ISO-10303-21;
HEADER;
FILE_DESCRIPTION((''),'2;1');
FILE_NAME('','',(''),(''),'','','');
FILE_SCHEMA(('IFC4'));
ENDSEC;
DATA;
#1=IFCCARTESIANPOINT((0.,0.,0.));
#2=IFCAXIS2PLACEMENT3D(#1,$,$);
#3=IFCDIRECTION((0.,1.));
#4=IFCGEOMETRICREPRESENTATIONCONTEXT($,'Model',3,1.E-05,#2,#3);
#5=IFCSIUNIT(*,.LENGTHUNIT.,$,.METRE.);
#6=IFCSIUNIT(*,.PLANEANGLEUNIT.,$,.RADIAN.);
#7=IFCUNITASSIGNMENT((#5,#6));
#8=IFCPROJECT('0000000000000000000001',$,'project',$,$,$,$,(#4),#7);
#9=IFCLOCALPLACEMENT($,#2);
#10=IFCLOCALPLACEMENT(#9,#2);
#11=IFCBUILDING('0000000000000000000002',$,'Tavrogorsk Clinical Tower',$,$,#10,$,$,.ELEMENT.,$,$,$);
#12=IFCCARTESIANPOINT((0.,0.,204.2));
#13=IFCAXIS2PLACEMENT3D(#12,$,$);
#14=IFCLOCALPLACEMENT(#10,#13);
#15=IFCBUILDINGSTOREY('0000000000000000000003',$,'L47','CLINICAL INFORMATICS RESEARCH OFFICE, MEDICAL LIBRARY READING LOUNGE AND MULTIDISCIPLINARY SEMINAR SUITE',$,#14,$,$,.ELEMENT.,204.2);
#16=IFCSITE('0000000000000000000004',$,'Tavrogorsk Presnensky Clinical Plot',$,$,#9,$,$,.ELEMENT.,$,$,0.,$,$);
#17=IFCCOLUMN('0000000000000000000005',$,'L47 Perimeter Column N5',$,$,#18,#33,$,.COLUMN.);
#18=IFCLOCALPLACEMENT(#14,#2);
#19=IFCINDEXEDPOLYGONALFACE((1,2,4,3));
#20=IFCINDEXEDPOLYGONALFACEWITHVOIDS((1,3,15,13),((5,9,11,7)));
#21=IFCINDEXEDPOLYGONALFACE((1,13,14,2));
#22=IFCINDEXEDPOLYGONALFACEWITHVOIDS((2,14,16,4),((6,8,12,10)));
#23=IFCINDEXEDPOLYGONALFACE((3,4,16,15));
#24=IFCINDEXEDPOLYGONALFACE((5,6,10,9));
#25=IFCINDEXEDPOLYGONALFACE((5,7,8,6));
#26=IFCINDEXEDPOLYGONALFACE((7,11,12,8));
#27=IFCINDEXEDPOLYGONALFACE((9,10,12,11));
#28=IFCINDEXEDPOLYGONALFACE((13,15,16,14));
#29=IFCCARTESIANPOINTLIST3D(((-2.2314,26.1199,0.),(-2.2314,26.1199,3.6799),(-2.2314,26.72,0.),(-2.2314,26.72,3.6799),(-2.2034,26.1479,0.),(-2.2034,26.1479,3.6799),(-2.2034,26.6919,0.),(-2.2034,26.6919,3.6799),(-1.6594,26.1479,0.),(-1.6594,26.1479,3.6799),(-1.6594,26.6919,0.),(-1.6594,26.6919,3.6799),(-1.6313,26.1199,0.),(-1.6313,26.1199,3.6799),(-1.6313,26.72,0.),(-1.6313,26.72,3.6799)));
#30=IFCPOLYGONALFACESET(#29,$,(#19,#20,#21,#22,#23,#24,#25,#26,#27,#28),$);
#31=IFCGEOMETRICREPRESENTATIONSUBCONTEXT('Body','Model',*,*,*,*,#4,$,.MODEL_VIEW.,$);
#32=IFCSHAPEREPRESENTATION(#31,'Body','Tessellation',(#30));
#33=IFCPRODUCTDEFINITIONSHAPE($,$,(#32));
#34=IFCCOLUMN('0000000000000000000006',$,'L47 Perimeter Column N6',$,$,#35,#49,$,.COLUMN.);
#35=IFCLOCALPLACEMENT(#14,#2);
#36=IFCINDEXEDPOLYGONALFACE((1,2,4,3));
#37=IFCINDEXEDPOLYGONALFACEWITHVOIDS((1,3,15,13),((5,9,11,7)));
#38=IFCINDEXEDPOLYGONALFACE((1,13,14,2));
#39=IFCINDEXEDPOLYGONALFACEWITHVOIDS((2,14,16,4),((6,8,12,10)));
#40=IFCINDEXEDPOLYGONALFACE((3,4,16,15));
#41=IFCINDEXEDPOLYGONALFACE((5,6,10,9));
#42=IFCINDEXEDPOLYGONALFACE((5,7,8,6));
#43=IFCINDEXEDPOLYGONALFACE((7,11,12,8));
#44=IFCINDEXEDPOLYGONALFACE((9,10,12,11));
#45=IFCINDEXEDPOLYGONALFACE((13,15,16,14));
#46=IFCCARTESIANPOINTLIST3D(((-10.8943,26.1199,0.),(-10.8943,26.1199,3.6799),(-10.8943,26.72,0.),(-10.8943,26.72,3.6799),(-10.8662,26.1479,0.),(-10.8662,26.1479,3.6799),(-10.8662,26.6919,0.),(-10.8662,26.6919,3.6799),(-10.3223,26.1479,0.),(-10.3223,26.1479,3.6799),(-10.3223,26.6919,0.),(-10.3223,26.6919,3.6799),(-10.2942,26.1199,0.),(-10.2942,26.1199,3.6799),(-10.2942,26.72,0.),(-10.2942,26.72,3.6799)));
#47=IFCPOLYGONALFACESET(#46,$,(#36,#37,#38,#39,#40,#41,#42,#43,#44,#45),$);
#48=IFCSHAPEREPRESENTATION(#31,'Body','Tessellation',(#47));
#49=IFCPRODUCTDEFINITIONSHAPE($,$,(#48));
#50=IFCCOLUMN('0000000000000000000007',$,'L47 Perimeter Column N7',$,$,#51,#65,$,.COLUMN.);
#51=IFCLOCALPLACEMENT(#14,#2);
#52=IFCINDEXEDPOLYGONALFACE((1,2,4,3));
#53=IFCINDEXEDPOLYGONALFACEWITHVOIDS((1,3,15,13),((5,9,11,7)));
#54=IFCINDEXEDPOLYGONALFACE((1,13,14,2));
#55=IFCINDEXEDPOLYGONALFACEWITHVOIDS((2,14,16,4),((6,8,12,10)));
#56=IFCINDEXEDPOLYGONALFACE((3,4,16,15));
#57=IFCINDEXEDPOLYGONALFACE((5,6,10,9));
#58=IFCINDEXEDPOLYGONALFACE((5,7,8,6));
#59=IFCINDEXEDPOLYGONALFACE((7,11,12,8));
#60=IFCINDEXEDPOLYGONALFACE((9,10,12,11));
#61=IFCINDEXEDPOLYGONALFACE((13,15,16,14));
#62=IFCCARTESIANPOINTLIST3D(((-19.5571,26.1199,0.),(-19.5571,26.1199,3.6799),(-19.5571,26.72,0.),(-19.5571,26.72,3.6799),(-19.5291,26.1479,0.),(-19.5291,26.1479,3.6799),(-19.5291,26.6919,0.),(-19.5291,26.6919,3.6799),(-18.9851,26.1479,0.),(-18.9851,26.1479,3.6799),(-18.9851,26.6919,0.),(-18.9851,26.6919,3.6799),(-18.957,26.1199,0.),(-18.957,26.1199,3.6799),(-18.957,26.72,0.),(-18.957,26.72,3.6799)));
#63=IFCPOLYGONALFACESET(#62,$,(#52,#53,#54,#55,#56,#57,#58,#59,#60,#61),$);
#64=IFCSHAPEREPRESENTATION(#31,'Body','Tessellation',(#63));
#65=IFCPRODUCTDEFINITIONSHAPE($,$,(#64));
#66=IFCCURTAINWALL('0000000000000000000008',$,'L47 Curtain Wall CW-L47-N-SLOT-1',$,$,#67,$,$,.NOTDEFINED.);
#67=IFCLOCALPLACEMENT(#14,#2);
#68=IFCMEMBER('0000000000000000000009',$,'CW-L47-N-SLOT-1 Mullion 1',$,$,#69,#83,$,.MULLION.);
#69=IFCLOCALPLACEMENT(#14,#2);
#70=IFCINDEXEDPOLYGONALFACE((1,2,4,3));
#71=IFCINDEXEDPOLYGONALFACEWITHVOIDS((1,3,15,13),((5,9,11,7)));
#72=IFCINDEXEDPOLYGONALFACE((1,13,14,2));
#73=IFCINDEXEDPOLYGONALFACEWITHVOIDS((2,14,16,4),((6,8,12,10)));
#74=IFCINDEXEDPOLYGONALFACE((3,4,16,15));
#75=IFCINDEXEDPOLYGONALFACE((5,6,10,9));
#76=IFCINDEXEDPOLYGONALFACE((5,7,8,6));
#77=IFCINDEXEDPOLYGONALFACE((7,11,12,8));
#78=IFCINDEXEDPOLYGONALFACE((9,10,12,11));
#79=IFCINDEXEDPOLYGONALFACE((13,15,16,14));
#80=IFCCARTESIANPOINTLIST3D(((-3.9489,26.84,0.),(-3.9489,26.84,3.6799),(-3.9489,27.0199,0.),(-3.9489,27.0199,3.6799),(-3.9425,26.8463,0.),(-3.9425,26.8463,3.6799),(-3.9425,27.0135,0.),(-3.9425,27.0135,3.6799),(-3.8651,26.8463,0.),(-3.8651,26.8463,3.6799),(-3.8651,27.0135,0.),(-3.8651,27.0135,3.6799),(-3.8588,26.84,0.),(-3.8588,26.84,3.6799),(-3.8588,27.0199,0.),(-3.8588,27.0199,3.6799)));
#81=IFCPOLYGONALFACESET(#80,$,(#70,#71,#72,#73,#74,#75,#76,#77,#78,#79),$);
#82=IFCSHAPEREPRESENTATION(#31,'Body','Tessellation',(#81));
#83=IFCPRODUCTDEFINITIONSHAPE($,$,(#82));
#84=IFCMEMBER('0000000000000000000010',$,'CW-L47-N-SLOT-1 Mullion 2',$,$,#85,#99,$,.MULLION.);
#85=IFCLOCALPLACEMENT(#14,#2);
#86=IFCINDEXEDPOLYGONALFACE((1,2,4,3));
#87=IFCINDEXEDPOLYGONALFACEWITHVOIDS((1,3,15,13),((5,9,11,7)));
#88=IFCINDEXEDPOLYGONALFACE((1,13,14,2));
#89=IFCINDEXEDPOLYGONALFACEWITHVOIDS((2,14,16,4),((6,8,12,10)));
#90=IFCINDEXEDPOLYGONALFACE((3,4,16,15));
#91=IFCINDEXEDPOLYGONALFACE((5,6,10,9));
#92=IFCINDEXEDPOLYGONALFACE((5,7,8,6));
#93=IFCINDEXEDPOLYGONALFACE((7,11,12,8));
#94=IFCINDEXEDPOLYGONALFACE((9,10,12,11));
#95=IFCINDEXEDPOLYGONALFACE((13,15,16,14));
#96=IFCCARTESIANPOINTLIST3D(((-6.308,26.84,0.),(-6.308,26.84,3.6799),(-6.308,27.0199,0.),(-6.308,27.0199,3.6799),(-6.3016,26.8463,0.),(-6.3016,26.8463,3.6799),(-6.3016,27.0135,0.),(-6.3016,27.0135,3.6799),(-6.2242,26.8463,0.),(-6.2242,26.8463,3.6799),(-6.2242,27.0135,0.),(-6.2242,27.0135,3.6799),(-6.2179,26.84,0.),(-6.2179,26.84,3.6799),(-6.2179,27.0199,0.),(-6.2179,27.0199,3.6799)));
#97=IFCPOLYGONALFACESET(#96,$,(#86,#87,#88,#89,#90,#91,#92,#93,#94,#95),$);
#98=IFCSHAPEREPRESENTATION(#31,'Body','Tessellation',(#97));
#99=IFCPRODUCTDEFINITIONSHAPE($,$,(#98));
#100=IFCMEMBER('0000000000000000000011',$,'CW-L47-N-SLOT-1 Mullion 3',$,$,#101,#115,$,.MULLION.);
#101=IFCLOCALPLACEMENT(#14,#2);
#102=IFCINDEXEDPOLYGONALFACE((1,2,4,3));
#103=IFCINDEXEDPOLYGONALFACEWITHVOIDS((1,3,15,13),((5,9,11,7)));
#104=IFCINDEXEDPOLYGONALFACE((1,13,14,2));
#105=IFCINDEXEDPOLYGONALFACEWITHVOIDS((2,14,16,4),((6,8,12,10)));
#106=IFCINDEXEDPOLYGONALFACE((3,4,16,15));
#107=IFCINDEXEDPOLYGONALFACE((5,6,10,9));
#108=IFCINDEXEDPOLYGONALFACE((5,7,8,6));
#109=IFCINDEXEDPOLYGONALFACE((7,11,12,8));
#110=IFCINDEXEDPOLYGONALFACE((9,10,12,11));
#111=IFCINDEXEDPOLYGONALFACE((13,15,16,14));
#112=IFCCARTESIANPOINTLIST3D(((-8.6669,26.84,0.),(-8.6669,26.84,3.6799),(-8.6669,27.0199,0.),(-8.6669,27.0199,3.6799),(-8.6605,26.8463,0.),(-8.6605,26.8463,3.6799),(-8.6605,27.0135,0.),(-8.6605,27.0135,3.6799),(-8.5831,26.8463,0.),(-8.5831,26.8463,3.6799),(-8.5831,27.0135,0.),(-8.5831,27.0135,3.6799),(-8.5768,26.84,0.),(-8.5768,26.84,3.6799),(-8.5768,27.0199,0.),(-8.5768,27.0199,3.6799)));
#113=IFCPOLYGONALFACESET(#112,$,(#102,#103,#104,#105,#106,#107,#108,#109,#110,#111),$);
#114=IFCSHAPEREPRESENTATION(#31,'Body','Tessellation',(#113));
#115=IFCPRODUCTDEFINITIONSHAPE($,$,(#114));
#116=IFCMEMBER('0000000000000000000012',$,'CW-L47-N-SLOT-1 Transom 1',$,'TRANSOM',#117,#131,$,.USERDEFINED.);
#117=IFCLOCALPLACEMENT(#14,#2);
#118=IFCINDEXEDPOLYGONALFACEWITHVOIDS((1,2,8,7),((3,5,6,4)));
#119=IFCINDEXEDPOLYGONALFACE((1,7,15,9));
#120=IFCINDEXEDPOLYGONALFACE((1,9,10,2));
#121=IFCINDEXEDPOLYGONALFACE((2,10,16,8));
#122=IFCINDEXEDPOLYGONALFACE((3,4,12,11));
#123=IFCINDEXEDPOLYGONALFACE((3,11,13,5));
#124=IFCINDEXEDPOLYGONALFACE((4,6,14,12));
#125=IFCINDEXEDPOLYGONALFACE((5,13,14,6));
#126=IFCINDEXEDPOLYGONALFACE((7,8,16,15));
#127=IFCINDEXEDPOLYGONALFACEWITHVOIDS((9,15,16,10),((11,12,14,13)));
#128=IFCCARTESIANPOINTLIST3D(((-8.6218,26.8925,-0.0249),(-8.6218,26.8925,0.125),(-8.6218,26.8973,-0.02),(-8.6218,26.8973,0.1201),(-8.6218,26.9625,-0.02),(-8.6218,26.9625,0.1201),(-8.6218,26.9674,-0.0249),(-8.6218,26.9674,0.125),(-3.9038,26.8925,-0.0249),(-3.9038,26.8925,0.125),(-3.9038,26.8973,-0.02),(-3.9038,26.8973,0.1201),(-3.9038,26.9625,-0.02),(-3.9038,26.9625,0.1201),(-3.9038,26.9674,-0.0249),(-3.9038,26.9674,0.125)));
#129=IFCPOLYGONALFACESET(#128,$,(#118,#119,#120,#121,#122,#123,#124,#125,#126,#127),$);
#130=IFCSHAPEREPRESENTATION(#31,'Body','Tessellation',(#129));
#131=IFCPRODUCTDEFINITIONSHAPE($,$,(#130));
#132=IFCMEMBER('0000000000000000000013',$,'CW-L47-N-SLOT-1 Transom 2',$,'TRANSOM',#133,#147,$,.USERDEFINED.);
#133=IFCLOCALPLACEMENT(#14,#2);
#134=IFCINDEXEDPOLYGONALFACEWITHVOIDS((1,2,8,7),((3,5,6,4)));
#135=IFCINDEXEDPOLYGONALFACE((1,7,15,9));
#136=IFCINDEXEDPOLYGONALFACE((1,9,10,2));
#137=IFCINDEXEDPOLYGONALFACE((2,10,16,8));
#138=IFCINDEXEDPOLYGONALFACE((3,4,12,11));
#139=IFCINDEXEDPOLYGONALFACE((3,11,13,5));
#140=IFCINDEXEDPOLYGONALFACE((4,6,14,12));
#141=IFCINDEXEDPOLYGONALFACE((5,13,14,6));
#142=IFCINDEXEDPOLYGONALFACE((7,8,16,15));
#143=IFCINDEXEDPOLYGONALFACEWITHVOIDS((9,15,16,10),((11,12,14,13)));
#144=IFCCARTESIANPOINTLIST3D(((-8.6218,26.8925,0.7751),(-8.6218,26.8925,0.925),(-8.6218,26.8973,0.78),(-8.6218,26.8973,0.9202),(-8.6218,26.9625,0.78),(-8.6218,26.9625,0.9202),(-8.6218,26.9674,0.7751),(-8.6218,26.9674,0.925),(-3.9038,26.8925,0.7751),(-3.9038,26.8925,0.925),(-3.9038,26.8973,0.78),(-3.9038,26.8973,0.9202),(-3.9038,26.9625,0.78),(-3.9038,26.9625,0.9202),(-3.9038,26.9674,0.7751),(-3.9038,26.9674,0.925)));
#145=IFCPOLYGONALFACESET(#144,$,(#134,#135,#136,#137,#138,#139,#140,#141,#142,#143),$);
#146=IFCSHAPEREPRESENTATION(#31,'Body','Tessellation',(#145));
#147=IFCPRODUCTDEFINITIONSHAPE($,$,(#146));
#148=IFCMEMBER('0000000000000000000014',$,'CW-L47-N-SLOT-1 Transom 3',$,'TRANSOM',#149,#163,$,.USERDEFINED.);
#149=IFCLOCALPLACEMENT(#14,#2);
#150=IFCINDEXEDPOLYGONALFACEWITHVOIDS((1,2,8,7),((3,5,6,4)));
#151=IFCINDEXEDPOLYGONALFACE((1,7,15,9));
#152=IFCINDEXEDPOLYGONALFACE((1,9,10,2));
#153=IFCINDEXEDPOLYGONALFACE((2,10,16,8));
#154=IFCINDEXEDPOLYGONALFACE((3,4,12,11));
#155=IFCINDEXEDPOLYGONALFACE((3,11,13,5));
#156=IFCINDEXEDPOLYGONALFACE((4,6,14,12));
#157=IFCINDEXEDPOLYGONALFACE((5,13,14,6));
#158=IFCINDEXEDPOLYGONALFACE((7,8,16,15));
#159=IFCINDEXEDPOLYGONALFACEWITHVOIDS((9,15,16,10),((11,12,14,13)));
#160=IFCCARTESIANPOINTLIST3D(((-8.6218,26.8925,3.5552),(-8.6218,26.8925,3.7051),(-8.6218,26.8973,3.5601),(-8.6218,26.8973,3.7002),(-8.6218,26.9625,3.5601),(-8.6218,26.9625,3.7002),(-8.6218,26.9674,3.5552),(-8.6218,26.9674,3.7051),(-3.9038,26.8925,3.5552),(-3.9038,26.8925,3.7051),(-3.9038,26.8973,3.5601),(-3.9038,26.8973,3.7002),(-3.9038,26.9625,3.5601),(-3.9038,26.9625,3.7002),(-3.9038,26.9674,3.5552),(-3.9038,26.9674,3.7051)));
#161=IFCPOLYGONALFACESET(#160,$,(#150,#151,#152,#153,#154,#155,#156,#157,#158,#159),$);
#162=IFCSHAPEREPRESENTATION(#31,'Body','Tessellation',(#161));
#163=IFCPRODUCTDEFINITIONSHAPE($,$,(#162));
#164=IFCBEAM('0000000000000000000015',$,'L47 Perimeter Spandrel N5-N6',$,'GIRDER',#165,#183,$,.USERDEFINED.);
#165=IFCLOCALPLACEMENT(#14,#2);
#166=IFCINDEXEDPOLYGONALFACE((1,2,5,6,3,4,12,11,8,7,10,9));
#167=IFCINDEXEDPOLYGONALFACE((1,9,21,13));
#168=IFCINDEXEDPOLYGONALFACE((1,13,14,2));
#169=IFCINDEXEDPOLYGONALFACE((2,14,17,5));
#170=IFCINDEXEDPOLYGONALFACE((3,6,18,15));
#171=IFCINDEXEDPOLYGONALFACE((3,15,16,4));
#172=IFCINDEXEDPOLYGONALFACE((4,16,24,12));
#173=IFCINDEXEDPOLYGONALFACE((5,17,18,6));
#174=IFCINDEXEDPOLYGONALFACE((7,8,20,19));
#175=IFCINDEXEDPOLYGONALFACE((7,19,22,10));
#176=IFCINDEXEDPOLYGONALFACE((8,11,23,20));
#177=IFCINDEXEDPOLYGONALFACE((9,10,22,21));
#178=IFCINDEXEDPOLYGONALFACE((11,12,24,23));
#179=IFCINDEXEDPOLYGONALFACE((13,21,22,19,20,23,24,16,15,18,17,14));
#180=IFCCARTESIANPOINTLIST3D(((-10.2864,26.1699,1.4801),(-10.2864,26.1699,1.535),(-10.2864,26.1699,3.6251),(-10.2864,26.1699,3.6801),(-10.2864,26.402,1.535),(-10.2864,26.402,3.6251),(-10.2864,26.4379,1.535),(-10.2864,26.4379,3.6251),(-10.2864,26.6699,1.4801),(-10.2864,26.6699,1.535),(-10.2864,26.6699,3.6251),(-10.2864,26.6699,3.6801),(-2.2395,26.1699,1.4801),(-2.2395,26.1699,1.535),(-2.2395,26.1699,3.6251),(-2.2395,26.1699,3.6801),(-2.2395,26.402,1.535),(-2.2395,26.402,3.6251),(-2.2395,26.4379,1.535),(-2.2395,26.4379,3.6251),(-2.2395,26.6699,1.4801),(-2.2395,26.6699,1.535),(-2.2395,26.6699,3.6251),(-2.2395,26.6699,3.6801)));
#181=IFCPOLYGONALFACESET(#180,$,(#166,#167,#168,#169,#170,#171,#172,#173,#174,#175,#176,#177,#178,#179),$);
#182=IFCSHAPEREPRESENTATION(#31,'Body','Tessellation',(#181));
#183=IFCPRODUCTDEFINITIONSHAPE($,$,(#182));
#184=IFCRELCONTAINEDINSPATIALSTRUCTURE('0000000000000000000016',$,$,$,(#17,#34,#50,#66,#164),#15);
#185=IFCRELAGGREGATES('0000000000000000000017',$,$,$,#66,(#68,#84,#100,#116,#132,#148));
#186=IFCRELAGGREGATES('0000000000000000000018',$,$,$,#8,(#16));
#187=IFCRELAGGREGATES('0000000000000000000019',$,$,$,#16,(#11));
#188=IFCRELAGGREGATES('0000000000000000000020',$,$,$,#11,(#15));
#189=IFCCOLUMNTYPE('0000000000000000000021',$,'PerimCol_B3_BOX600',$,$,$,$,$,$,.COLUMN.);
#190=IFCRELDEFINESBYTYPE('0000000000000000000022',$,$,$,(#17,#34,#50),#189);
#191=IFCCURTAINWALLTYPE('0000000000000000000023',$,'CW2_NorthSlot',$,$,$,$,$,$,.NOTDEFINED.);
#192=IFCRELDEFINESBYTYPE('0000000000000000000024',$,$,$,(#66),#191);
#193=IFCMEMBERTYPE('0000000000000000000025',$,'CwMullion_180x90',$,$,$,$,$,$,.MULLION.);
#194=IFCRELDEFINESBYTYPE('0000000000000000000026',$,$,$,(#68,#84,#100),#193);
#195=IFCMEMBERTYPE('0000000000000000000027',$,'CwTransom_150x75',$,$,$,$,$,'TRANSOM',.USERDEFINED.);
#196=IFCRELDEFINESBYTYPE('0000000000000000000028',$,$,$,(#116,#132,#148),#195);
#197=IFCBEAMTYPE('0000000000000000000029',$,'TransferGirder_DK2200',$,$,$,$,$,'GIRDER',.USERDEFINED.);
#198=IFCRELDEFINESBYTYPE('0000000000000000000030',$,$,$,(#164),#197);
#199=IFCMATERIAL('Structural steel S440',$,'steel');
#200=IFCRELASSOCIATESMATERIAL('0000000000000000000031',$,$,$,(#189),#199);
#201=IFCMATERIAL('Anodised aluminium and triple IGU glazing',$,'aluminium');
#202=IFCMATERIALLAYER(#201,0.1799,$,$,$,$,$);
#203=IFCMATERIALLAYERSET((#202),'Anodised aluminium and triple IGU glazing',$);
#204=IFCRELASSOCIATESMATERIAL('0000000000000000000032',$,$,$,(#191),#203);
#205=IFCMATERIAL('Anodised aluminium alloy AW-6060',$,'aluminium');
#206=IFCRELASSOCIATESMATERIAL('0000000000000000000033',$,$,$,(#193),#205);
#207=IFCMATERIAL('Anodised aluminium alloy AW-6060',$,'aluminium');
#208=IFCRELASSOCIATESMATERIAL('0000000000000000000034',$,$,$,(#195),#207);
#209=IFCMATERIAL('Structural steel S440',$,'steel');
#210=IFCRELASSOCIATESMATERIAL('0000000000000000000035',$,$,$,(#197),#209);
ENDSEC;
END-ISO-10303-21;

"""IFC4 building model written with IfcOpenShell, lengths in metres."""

from ifc_helpers import new_model, si_unit, direction, frame, origin, origin_2d, place, context, subcontext, project, spatial, hollow_rectangle, i_section, extrude, material, layer, layer_set, material_profile, profile_set, type_object, element, aggregate, save


model = new_model("IFC4")

# Units and contexts
model_context = context("Model", 3, precision=1e-05, world=origin(), true_north=direction((0.0, 1.0)))
body_context = subcontext(model_context, "Body", "Model", "MODEL_VIEW")
ifc_project = project(units=[si_unit("LENGTHUNIT", "METRE"), si_unit("PLANEANGLEUNIT", "RADIAN")], contexts=[model_context])

# Site, building, storey
site_placement = place(None, origin())
site = spatial("IfcSite", under=ifc_project, at=site_placement, Name="Tavrogorsk Presnensky Clinical Plot", CompositionType="ELEMENT", RefElevation=0.0)
building_placement = place(site_placement, origin())
building = spatial("IfcBuilding", under=site, at=building_placement, Name="Tavrogorsk Clinical Tower", CompositionType="ELEMENT")
storey_placement = place(building_placement, frame((0.0, 0.0, 204.2)))
storey = spatial("IfcBuildingStorey", under=building, at=storey_placement, Name="L47", Description="CLINICAL INFORMATICS RESEARCH OFFICE, MEDICAL LIBRARY READING LOUNGE AND MULTIDISCIPLINARY SEMINAR SUITE", CompositionType="ELEMENT", Elevation=204.2)

# Columns
ifc_material_1 = material(Name="Structural steel S440", Category="steel")
ifc_material_profile_1 = material_profile(ifc_material_1, hollow_rectangle(XDim=0.6001, YDim=0.6001, WallThickness=0.0281, at=origin_2d()), Name="BOX-600x600x28")
ifc_profile_set_1 = profile_set([ifc_material_profile_1], Name="Structural steel S440")
column_type = type_object("IfcColumnType", Name="PerimCol_B3_BOX600", PredefinedType="COLUMN", material=ifc_profile_set_1)
for number, where, z_axis, x_axis, name in (
    (1, (-1.9314, 26.4199, 0.0), (0.0, 0.0, 1.0), (1.0, 0.0, 0.0), "L47 Perimeter Column N5"),
    (2, (-10.5942, 26.4199, 0.0), (0.0, 0.0, 1.0), (1.0, 0.0, 0.0), "L47 Perimeter Column N6"),
    (3, (-19.2571, 26.4199, 0.0), (0.0, 0.0, 1.0), (1.0, 0.0, 0.0), "L47 Perimeter Column N7"),
):
    element("IfcColumn", number, at=place(storey_placement, frame(where, z_axis=z_axis, x_axis=x_axis)), inside=storey, type_object=column_type, Name=name, PredefinedType="COLUMN", context=body_context, shape_type="SweptSolid", body=[
        extrude(hollow_rectangle(XDim=0.6001, YDim=0.6001, WallThickness=0.0281, at=origin_2d()), origin(), (0.0, 0.0, 1.0), 3.6799),
    ])

# Curtain wall, members
ifc_material_2 = material(Name="Anodised aluminium and triple IGU glazing", Category="aluminium")
ifc_layer_1 = layer(ifc_material_2, 0.1799)
ifc_layer_set_1 = layer_set([ifc_layer_1], Name="Anodised aluminium and triple IGU glazing")
curtain_wall_type = type_object("IfcCurtainWallType", Name="CW2_NorthSlot", PredefinedType="NOTDEFINED", material=ifc_layer_set_1)
curtain_wall_placement = place(storey_placement, origin())
curtain_wall = element("IfcCurtainWall", 4, at=curtain_wall_placement, inside=storey, type_object=curtain_wall_type, Name="L47 Curtain Wall CW-L47-N-SLOT-1", PredefinedType="NOTDEFINED")
ifc_material_3 = material(Name="Anodised aluminium alloy AW-6060", Category="aluminium")
ifc_material_profile_2 = material_profile(ifc_material_3, hollow_rectangle(XDim=0.0901, YDim=0.1799, WallThickness=0.0063, at=origin_2d()), Name="RHS-180x90x6.3")
ifc_profile_set_2 = profile_set([ifc_material_profile_2], Name="Anodised aluminium alloy AW-6060")
member_type_1 = type_object("IfcMemberType", Name="CwMullion_180x90", PredefinedType="MULLION", material=ifc_profile_set_2)
member_1_placement = place(storey_placement, frame((-3.9038, 26.9299, 0.0), z_axis=(0.0, 0.0, 1.0), x_axis=(-1.0, 0.0, 0.0)))
member_1 = element("IfcMember", 5, at=member_1_placement, type_object=member_type_1, Name="CW-L47-N-SLOT-1 Mullion 1", PredefinedType="MULLION", context=body_context, shape_type="SweptSolid", body=[
    extrude(hollow_rectangle(XDim=0.0901, YDim=0.1799, WallThickness=0.0063, at=origin_2d()), origin(), (0.0, 0.0, 1.0), 3.6799),
])
member_2_placement = place(storey_placement, frame((-6.2629, 26.9299, 0.0), z_axis=(0.0, 0.0, 1.0), x_axis=(-1.0, 0.0, 0.0)))
member_2 = element("IfcMember", 6, at=member_2_placement, type_object=member_type_1, Name="CW-L47-N-SLOT-1 Mullion 2", PredefinedType="MULLION", context=body_context, shape_type="SweptSolid", body=[
    extrude(hollow_rectangle(XDim=0.0901, YDim=0.1799, WallThickness=0.0063, at=origin_2d()), origin(), (0.0, 0.0, 1.0), 3.6799),
])
member_3_placement = place(storey_placement, frame((-8.6218, 26.9299, 0.0), z_axis=(0.0, 0.0, 1.0), x_axis=(-1.0, 0.0, 0.0)))
member_3 = element("IfcMember", 7, at=member_3_placement, type_object=member_type_1, Name="CW-L47-N-SLOT-1 Mullion 3", PredefinedType="MULLION", context=body_context, shape_type="SweptSolid", body=[
    extrude(hollow_rectangle(XDim=0.0901, YDim=0.1799, WallThickness=0.0063, at=origin_2d()), origin(), (0.0, 0.0, 1.0), 3.6799),
])
ifc_material_4 = material(Name="Anodised aluminium alloy AW-6060", Category="aluminium")
ifc_material_profile_3 = material_profile(ifc_material_4, hollow_rectangle(XDim=0.075, YDim=0.1499, WallThickness=0.0049, at=origin_2d()), Name="RHS-150x75x5")
ifc_profile_set_3 = profile_set([ifc_material_profile_3], Name="Anodised aluminium alloy AW-6060")
member_type_2 = type_object("IfcMemberType", Name="CwTransom_150x75", ElementType="TRANSOM", PredefinedType="USERDEFINED", material=ifc_profile_set_3)
member_4_placement = place(storey_placement, frame((-3.9038, 26.9299, 0.05), z_axis=(-1.0, 0.0, 0.0), x_axis=(0.0, -1.0, 0.0)))
member_4 = element("IfcMember", 8, at=member_4_placement, type_object=member_type_2, Name="CW-L47-N-SLOT-1 Transom 1", ObjectType="TRANSOM", PredefinedType="USERDEFINED", context=body_context, shape_type="SweptSolid", body=[
    extrude(hollow_rectangle(XDim=0.075, YDim=0.1499, WallThickness=0.0049, at=origin_2d()), origin(), (0.0, 0.0, 1.0), 4.718),
])
member_5_placement = place(storey_placement, frame((-3.9038, 26.9299, 0.8501), z_axis=(-1.0, 0.0, 0.0), x_axis=(0.0, -1.0, 0.0)))
member_5 = element("IfcMember", 9, at=member_5_placement, type_object=member_type_2, Name="CW-L47-N-SLOT-1 Transom 2", ObjectType="TRANSOM", PredefinedType="USERDEFINED", context=body_context, shape_type="SweptSolid", body=[
    extrude(hollow_rectangle(XDim=0.075, YDim=0.1499, WallThickness=0.0049, at=origin_2d()), origin(), (0.0, 0.0, 1.0), 4.718),
])
member_6_placement = place(storey_placement, frame((-3.9038, 26.9299, 3.6301), z_axis=(-1.0, 0.0, 0.0), x_axis=(0.0, -1.0, 0.0)))
member_6 = element("IfcMember", 10, at=member_6_placement, type_object=member_type_2, Name="CW-L47-N-SLOT-1 Transom 3", ObjectType="TRANSOM", PredefinedType="USERDEFINED", context=body_context, shape_type="SweptSolid", body=[
    extrude(hollow_rectangle(XDim=0.075, YDim=0.1499, WallThickness=0.0049, at=origin_2d()), origin(), (0.0, 0.0, 1.0), 4.718),
])

# Beam
ifc_material_5 = material(Name="Structural steel S440", Category="steel")
ifc_material_profile_4 = material_profile(ifc_material_5, i_section(OverallWidth=0.5, OverallDepth=2.2, WebThickness=0.0359, FlangeThickness=0.0549, at=origin_2d()), Name="DK-2200x500x36x55")
ifc_profile_set_4 = profile_set([ifc_material_profile_4], Name="Structural steel S440")
beam_type = type_object("IfcBeamType", Name="TransferGirder_DK2200", ElementType="GIRDER", PredefinedType="USERDEFINED", material=ifc_profile_set_4)
for number, where, z_axis, x_axis, name in (
    (11, (-2.2395, 26.4199, 2.5801), (-1.0, 0.0, 0.0), (0.0, -1.0, 0.0), "L47 Perimeter Spandrel N5-N6"),
):
    element("IfcBeam", number, at=place(storey_placement, frame(where, z_axis=z_axis, x_axis=x_axis)), inside=storey, type_object=beam_type, Name=name, ObjectType="GIRDER", PredefinedType="USERDEFINED", context=body_context, shape_type="SweptSolid", body=[
        extrude(i_section(OverallWidth=0.5, OverallDepth=2.2, WebThickness=0.0359, FlangeThickness=0.0549, at=origin_2d()), origin(), (0.0, 0.0, 1.0), 8.0469),
    ])

aggregate(curtain_wall, [member_1, member_2, member_3, member_4, member_5, member_6])

save(model, "model.ifc")
